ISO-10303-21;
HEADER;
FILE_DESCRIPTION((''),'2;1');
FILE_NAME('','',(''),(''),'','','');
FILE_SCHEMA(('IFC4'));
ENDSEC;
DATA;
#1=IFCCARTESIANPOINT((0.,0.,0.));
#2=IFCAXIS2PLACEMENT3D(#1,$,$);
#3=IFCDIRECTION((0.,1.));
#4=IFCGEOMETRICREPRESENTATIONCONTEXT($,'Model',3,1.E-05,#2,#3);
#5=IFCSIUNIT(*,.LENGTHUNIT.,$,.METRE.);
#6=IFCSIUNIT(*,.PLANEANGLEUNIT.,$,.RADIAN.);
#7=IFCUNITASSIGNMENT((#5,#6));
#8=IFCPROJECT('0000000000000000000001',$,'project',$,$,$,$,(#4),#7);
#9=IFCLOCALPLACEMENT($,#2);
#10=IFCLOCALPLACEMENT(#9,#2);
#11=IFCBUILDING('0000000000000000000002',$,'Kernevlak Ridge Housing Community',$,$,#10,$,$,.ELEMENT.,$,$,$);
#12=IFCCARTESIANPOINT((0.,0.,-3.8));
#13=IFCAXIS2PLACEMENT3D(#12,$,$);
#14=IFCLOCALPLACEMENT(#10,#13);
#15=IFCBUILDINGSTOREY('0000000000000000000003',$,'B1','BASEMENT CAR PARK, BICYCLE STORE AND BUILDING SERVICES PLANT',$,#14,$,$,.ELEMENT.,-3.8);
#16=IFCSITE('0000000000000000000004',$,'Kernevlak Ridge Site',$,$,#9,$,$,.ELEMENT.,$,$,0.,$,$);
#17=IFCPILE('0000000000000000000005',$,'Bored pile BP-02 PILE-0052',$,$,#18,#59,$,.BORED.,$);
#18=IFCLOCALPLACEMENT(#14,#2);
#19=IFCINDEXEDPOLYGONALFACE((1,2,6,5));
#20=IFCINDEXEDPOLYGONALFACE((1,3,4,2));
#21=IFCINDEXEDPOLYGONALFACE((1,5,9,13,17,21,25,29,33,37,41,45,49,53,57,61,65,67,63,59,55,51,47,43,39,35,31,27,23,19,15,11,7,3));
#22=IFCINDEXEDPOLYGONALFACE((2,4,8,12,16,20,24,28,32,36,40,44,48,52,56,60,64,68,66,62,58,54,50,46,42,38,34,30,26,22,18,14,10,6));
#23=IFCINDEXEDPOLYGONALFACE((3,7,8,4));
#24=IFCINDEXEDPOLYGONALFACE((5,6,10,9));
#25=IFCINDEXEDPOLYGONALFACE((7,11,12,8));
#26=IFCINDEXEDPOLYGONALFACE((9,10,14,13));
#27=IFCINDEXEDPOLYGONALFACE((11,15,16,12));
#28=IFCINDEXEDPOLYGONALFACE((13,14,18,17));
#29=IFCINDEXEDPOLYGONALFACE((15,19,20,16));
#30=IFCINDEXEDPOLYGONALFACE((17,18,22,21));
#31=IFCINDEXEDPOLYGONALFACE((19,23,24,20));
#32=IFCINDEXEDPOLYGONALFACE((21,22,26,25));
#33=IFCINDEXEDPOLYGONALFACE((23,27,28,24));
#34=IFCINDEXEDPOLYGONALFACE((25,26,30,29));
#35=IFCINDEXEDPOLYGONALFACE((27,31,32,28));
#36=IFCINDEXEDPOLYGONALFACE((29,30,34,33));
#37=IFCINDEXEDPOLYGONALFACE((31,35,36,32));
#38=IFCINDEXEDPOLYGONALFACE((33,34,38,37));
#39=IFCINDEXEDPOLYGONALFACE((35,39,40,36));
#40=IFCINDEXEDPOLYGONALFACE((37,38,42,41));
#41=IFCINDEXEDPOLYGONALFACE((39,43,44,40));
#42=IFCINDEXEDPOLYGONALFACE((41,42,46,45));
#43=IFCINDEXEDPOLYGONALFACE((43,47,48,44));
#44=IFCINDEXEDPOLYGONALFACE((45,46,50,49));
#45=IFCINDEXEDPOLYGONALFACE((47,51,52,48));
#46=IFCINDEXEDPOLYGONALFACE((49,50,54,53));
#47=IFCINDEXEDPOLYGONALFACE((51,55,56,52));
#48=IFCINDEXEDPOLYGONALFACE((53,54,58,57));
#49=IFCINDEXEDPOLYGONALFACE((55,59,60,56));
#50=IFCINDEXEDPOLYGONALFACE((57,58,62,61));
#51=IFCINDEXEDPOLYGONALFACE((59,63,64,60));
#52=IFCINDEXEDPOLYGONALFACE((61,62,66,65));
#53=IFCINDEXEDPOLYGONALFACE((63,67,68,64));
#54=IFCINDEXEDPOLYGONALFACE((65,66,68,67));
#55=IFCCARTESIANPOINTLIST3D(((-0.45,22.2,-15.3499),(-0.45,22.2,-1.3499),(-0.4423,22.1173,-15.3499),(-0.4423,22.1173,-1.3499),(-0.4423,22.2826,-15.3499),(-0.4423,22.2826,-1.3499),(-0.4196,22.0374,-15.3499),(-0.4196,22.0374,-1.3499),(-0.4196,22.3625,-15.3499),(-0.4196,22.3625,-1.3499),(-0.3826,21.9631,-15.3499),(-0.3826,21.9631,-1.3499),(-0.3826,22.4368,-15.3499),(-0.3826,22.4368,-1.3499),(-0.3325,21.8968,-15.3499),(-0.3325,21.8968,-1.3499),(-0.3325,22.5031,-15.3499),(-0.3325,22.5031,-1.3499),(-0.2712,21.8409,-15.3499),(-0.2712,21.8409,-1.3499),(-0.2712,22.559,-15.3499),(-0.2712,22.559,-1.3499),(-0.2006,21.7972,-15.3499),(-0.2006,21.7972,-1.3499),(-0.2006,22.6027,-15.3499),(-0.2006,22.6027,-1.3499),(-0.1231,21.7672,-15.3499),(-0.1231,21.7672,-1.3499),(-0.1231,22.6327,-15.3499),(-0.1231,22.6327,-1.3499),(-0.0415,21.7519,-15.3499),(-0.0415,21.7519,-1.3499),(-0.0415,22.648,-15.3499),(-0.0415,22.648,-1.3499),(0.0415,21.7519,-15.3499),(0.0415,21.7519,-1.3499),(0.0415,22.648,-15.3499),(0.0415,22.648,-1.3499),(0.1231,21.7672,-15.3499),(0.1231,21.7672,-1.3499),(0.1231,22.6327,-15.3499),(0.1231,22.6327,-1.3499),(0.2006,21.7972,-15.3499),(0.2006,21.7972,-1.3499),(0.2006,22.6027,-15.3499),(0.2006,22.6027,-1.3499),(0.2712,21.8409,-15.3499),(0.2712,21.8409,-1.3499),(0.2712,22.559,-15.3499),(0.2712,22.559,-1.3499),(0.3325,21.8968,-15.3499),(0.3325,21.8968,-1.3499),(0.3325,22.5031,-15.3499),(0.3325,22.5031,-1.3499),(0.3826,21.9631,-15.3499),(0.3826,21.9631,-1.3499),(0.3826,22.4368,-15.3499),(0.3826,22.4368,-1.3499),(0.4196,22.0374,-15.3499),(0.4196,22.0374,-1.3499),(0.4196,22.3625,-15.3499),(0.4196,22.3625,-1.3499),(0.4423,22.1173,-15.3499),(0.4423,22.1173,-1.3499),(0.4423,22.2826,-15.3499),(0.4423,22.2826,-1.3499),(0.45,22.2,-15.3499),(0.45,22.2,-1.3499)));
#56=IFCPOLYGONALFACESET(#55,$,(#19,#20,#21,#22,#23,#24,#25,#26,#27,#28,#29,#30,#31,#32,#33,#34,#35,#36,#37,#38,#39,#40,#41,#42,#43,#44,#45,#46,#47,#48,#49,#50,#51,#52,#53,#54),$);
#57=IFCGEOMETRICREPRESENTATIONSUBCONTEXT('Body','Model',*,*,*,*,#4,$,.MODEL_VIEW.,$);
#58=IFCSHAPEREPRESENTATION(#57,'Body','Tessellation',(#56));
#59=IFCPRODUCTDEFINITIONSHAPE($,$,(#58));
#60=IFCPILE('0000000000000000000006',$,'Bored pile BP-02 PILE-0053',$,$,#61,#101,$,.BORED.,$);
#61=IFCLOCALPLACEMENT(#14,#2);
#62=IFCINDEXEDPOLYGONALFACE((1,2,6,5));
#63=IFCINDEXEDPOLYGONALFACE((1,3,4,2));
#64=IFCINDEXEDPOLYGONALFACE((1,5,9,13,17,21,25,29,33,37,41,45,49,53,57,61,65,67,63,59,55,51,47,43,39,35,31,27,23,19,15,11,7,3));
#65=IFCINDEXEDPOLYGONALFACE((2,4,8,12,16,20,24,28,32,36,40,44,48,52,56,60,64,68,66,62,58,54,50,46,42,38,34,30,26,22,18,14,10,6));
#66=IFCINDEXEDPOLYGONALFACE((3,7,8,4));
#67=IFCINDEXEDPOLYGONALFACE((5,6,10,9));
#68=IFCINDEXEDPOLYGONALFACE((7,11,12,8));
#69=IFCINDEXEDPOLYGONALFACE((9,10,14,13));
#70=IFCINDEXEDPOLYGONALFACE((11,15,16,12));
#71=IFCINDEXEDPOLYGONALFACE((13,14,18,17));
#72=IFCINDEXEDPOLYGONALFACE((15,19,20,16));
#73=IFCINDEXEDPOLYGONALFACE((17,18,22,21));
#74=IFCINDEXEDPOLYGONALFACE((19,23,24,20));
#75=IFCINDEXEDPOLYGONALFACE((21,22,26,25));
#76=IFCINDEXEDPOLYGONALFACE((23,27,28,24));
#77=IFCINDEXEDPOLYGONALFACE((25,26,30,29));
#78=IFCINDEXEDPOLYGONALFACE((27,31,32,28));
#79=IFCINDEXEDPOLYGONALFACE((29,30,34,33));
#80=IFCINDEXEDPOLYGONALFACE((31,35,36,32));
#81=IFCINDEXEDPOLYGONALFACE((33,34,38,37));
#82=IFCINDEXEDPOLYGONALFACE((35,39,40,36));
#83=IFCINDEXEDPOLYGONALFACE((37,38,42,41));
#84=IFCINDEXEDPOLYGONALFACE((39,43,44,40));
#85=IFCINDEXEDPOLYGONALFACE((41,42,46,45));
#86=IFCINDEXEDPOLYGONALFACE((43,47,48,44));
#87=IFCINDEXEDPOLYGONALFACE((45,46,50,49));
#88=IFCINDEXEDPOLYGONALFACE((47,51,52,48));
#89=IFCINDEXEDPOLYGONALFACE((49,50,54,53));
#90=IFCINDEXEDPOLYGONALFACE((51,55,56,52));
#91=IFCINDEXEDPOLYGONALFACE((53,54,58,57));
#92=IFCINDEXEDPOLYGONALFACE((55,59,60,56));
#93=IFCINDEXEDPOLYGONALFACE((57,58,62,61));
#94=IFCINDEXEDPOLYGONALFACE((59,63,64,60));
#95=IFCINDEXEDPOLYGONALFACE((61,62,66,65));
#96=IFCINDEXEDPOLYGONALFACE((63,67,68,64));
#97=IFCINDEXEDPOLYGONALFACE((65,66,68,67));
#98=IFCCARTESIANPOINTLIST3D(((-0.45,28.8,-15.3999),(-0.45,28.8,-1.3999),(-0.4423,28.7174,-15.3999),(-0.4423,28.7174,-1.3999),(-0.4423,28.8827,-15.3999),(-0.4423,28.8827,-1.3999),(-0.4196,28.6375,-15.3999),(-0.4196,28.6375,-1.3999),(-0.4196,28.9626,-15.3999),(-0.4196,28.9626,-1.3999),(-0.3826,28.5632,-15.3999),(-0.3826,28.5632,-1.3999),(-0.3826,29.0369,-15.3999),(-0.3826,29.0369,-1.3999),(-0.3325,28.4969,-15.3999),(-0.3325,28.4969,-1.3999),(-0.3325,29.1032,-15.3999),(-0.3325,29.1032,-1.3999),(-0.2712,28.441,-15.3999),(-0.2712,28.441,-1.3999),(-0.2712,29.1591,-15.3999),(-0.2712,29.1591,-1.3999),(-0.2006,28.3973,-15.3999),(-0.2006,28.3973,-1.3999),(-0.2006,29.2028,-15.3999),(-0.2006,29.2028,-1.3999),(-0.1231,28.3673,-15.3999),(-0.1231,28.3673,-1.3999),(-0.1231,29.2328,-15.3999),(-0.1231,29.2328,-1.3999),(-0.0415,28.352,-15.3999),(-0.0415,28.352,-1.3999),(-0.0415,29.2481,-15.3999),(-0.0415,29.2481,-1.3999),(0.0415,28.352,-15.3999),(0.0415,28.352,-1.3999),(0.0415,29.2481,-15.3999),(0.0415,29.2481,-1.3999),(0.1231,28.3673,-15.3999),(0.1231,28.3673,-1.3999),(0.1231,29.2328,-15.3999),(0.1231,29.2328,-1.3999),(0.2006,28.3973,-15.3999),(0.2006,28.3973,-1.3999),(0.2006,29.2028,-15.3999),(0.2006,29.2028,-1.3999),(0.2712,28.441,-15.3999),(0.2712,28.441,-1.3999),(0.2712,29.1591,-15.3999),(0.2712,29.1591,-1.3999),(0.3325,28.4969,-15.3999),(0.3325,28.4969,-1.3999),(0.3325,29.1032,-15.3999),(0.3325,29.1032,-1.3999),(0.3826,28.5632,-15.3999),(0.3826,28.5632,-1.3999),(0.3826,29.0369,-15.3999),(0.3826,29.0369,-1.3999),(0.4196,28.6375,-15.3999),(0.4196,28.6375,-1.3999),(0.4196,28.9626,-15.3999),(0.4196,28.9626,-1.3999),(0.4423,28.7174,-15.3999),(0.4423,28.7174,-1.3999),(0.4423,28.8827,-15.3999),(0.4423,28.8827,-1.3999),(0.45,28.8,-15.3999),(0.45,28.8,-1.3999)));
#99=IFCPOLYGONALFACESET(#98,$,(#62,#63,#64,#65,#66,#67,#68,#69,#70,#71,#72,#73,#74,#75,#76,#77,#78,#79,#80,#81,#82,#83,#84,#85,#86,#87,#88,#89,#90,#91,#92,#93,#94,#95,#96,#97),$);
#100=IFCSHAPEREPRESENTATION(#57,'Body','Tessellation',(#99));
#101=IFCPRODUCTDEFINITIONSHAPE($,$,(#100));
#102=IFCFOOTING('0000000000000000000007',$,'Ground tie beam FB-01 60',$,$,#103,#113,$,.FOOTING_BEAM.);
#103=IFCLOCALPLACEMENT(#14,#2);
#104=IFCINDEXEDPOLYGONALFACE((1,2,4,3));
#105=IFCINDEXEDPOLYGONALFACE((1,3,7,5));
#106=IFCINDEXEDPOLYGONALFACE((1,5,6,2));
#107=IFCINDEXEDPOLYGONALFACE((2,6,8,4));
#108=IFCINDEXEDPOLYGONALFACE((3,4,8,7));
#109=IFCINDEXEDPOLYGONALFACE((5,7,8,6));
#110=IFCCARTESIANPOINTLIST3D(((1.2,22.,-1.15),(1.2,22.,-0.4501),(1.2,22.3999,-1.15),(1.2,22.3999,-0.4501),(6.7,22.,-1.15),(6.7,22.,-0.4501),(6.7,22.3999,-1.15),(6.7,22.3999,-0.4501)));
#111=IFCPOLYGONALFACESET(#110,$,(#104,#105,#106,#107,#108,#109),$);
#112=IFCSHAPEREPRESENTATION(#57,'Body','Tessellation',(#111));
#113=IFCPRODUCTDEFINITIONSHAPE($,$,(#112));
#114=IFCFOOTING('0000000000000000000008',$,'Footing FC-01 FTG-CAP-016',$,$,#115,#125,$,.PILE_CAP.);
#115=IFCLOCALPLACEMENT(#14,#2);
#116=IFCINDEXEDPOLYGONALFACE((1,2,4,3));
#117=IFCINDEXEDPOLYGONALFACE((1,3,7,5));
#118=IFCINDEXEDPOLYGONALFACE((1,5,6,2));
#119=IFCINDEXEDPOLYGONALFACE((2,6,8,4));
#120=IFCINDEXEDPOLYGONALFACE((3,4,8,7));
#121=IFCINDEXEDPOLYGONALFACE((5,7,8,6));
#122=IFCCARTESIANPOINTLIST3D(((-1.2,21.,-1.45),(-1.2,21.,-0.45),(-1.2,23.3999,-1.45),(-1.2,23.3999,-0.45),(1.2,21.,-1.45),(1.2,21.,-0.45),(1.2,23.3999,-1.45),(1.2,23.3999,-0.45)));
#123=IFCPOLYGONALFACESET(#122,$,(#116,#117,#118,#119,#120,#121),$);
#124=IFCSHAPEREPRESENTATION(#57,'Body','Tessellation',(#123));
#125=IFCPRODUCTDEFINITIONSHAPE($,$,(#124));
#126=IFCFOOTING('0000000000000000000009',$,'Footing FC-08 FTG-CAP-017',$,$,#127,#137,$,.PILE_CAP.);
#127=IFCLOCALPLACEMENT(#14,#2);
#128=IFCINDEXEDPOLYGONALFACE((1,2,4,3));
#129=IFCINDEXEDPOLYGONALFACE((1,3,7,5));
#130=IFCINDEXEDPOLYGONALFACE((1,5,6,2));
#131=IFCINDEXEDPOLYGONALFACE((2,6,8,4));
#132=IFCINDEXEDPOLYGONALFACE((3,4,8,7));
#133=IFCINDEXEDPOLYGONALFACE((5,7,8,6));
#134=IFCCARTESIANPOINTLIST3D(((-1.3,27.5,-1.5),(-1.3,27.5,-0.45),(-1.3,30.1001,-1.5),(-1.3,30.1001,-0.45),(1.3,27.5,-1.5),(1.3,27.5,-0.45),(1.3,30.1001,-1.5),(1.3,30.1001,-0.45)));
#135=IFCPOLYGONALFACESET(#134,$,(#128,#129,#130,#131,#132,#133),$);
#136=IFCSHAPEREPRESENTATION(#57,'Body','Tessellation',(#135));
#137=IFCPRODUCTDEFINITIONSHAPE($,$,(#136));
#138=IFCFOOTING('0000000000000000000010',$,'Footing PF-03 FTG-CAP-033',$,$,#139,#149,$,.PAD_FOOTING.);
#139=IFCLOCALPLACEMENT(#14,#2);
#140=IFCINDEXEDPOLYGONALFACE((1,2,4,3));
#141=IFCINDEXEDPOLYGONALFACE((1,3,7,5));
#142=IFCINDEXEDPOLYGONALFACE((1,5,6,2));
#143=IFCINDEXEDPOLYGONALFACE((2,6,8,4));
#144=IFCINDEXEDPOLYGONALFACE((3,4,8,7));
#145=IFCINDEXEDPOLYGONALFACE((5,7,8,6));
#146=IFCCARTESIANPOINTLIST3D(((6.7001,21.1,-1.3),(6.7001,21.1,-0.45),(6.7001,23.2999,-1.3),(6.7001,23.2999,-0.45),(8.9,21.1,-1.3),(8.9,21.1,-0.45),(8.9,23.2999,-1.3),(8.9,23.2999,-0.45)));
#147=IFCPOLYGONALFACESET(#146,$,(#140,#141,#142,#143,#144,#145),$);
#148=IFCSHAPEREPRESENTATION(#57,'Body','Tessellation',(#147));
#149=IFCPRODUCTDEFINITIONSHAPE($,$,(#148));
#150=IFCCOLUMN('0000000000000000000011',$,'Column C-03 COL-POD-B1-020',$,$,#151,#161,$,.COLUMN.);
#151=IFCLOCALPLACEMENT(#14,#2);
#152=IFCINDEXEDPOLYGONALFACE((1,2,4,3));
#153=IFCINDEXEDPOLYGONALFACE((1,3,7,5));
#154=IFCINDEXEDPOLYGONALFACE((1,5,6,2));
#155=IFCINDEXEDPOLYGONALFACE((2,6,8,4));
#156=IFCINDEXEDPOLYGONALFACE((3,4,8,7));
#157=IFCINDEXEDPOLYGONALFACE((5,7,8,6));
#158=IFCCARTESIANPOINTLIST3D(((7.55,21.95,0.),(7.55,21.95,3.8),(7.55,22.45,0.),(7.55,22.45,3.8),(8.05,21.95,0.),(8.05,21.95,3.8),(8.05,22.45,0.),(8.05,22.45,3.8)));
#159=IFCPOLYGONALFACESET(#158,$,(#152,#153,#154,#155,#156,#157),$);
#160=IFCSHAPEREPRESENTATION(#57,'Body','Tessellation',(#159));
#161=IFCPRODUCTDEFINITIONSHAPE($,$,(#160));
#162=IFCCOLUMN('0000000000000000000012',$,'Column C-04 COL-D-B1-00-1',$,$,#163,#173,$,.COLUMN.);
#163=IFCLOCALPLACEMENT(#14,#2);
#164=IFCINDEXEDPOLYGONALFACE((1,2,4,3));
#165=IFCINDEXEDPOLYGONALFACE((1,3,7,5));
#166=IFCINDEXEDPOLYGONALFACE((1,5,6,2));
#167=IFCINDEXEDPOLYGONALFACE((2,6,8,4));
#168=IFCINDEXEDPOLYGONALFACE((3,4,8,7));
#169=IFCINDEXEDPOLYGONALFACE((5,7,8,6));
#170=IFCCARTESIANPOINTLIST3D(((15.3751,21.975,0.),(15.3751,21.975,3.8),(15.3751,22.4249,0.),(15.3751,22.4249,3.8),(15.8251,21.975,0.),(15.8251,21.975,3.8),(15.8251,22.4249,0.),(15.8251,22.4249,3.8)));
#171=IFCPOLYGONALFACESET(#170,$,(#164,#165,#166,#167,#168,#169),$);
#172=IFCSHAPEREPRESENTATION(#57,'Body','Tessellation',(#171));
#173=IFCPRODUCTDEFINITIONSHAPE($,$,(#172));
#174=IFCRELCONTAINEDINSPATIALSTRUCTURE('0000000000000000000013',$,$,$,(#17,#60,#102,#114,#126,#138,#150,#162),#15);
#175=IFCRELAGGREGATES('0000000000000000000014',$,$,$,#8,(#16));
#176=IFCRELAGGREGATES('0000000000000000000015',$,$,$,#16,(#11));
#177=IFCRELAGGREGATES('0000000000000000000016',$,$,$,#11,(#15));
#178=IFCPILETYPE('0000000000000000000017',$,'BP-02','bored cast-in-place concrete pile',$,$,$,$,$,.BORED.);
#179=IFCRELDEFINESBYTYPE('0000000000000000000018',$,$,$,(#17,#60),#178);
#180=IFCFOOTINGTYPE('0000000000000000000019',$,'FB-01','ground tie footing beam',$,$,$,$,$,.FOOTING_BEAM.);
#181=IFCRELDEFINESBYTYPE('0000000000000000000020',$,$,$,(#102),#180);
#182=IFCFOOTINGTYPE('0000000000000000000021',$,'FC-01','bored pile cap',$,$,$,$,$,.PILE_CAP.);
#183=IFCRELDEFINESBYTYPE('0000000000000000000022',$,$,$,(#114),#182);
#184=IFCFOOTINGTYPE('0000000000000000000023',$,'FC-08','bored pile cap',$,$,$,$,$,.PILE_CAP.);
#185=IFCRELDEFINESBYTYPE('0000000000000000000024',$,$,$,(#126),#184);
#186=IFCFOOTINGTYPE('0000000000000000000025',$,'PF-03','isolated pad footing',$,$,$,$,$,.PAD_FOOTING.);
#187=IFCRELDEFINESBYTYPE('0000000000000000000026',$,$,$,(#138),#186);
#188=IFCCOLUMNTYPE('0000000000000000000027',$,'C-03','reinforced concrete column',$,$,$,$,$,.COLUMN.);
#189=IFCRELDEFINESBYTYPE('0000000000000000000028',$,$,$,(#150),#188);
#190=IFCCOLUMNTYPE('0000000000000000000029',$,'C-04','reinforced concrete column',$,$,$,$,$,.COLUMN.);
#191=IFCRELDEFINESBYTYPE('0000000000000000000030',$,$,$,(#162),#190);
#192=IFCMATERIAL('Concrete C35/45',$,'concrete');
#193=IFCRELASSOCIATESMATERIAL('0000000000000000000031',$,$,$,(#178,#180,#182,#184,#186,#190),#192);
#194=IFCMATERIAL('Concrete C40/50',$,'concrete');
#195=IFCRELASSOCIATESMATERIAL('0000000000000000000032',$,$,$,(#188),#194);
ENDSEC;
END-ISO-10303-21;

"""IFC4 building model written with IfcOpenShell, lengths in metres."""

from ifc_helpers import new_model, si_unit, direction, frame, origin, origin_2d, place, context, subcontext, project, spatial, rectangle, circle, extrude, material, material_profile, profile_set, type_object, element, save


model = new_model("IFC4")

# Units and contexts
model_context = context("Model", 3, precision=1e-05, world=origin(), true_north=direction((0.0, 1.0)))
body_context = subcontext(model_context, "Body", "Model", "MODEL_VIEW")
ifc_project = project(units=[si_unit("LENGTHUNIT", "METRE"), si_unit("PLANEANGLEUNIT", "RADIAN")], contexts=[model_context])

# Site, building, storey
site_placement = place(None, origin())
site = spatial("IfcSite", under=ifc_project, at=site_placement, Name="Kernevlak Ridge Site", CompositionType="ELEMENT", RefElevation=0.0)
building_placement = place(site_placement, origin())
building = spatial("IfcBuilding", under=site, at=building_placement, Name="Kernevlak Ridge Housing Community", CompositionType="ELEMENT")
storey_placement = place(building_placement, frame((0.0, 0.0, -3.8)))
storey = spatial("IfcBuildingStorey", under=building, at=storey_placement, Name="B1", Description="BASEMENT CAR PARK, BICYCLE STORE AND BUILDING SERVICES PLANT", CompositionType="ELEMENT", Elevation=-3.8)

# Piles
ifc_material_1 = material(Name="Concrete C35/45", Category="concrete")
ifc_material_profile_1 = material_profile(ifc_material_1, circle(Radius=0.45, at=origin_2d()), Name="BORED PILE 900")
ifc_profile_set_1 = profile_set([ifc_material_profile_1], Name="Concrete C35/45")
pile_type = type_object("IfcPileType", Name="BP-02", Description="bored cast-in-place concrete pile", PredefinedType="BORED", material=ifc_profile_set_1)
for number, where, z_axis, x_axis, name in (
    (1, (0.0, 22.2, -1.3499), (0.0, 0.0, -1.0), (1.0, 0.0, 0.0), "Bored pile BP-02 PILE-0052"),
    (2, (0.0, 28.8, -1.3999), (0.0, 0.0, -1.0), (1.0, 0.0, 0.0), "Bored pile BP-02 PILE-0053"),
):
    element("IfcPile", number, at=place(storey_placement, frame(where, z_axis=z_axis, x_axis=x_axis)), inside=storey, type_object=pile_type, Name=name, PredefinedType="BORED", context=body_context, shape_type="SweptSolid", body=[
        extrude(circle(Radius=0.45, at=origin_2d()), origin(), (0.0, 0.0, 1.0), 14.0),
    ])

# Footings
ifc_material_profile_2 = material_profile(ifc_material_1, rectangle(XDim=0.3999, YDim=0.7, at=origin_2d()), Name="RC 400x700")
ifc_profile_set_2 = profile_set([ifc_material_profile_2], Name="Concrete C35/45")
footing_type_1 = type_object("IfcFootingType", Name="FB-01", Description="ground tie footing beam", PredefinedType="FOOTING_BEAM", material=ifc_profile_set_2)
footing_1_placement = place(storey_placement, frame((1.2, 22.2, -0.8), z_axis=(1.0, 0.0, 0.0), x_axis=(0.0, 1.0, 0.0)))
element("IfcFooting", 3, at=footing_1_placement, inside=storey, type_object=footing_type_1, Name="Ground tie beam FB-01 60", PredefinedType="FOOTING_BEAM", context=body_context, shape_type="SweptSolid", body=[
    extrude(rectangle(XDim=0.3999, YDim=0.7, at=origin_2d()), origin(), (0.0, 0.0, 1.0), 5.5),
])
footing_type_2 = type_object("IfcFootingType", Name="FC-01", Description="bored pile cap", PredefinedType="PILE_CAP", material=ifc_material_1)
footing_2_placement = place(storey_placement, frame((0.0, 22.2, -1.45), z_axis=(0.0, 0.0, 1.0), x_axis=(1.0, 0.0, 0.0)))
element("IfcFooting", 4, at=footing_2_placement, inside=storey, type_object=footing_type_2, Name="Footing FC-01 FTG-CAP-016", PredefinedType="PILE_CAP", context=body_context, shape_type="SweptSolid", body=[
    extrude(rectangle(XDim=2.3999, YDim=2.3999, at=origin_2d()), origin(), (0.0, 0.0, 1.0), 1.0),
])
footing_type_3 = type_object("IfcFootingType", Name="FC-08", Description="bored pile cap", PredefinedType="PILE_CAP", material=ifc_material_1)
footing_3_placement = place(storey_placement, frame((0.0, 28.8, -1.5), z_axis=(0.0, 0.0, 1.0), x_axis=(1.0, 0.0, 0.0)))
element("IfcFooting", 5, at=footing_3_placement, inside=storey, type_object=footing_type_3, Name="Footing FC-08 FTG-CAP-017", PredefinedType="PILE_CAP", context=body_context, shape_type="SweptSolid", body=[
    extrude(rectangle(XDim=2.6001, YDim=2.6001, at=origin_2d()), origin(), (0.0, 0.0, 1.0), 1.05),
])
footing_type_4 = type_object("IfcFootingType", Name="PF-03", Description="isolated pad footing", PredefinedType="PAD_FOOTING", material=ifc_material_1)
footing_4_placement = place(storey_placement, frame((7.8, 22.2, -1.3), z_axis=(0.0, 0.0, 1.0), x_axis=(1.0, 0.0, 0.0)))
element("IfcFooting", 6, at=footing_4_placement, inside=storey, type_object=footing_type_4, Name="Footing PF-03 FTG-CAP-033", PredefinedType="PAD_FOOTING", context=body_context, shape_type="SweptSolid", body=[
    extrude(rectangle(XDim=2.2, YDim=2.2, at=origin_2d()), origin(), (0.0, 0.0, 1.0), 0.8501),
])

# Columns
ifc_material_2 = material(Name="Concrete C40/50", Category="concrete")
ifc_material_profile_3 = material_profile(ifc_material_2, rectangle(XDim=0.5, YDim=0.5, at=origin_2d()), Name="RC 500x500")
ifc_profile_set_3 = profile_set([ifc_material_profile_3], Name="Concrete C40/50")
column_type_1 = type_object("IfcColumnType", Name="C-03", Description="reinforced concrete column", PredefinedType="COLUMN", material=ifc_profile_set_3)
column_1_placement = place(storey_placement, frame((7.8, 22.2, 0.0), z_axis=(0.0, 0.0, 1.0), x_axis=(1.0, 0.0, 0.0)))
element("IfcColumn", 7, at=column_1_placement, inside=storey, type_object=column_type_1, Name="Column C-03 COL-POD-B1-020", PredefinedType="COLUMN", context=body_context, shape_type="SweptSolid", body=[
    extrude(rectangle(XDim=0.5, YDim=0.5, at=origin_2d()), origin(), (0.0, 0.0, 1.0), 3.8),
])
ifc_material_profile_4 = material_profile(ifc_material_1, rectangle(XDim=0.45, YDim=0.45, at=origin_2d()), Name="RC 450x450")
ifc_profile_set_4 = profile_set([ifc_material_profile_4], Name="Concrete C35/45")
column_type_2 = type_object("IfcColumnType", Name="C-04", Description="reinforced concrete column", PredefinedType="COLUMN", material=ifc_profile_set_4)
column_2_placement = place(storey_placement, frame((15.6001, 22.2, 0.0), z_axis=(0.0, 0.0, 1.0), x_axis=(1.0, 0.0, 0.0)))
element("IfcColumn", 8, at=column_2_placement, inside=storey, type_object=column_type_2, Name="Column C-04 COL-D-B1-00-1", PredefinedType="COLUMN", context=body_context, shape_type="SweptSolid", body=[
    extrude(rectangle(XDim=0.45, YDim=0.45, at=origin_2d()), origin(), (0.0, 0.0, 1.0), 3.8),
])

save(model, "model.ifc")
